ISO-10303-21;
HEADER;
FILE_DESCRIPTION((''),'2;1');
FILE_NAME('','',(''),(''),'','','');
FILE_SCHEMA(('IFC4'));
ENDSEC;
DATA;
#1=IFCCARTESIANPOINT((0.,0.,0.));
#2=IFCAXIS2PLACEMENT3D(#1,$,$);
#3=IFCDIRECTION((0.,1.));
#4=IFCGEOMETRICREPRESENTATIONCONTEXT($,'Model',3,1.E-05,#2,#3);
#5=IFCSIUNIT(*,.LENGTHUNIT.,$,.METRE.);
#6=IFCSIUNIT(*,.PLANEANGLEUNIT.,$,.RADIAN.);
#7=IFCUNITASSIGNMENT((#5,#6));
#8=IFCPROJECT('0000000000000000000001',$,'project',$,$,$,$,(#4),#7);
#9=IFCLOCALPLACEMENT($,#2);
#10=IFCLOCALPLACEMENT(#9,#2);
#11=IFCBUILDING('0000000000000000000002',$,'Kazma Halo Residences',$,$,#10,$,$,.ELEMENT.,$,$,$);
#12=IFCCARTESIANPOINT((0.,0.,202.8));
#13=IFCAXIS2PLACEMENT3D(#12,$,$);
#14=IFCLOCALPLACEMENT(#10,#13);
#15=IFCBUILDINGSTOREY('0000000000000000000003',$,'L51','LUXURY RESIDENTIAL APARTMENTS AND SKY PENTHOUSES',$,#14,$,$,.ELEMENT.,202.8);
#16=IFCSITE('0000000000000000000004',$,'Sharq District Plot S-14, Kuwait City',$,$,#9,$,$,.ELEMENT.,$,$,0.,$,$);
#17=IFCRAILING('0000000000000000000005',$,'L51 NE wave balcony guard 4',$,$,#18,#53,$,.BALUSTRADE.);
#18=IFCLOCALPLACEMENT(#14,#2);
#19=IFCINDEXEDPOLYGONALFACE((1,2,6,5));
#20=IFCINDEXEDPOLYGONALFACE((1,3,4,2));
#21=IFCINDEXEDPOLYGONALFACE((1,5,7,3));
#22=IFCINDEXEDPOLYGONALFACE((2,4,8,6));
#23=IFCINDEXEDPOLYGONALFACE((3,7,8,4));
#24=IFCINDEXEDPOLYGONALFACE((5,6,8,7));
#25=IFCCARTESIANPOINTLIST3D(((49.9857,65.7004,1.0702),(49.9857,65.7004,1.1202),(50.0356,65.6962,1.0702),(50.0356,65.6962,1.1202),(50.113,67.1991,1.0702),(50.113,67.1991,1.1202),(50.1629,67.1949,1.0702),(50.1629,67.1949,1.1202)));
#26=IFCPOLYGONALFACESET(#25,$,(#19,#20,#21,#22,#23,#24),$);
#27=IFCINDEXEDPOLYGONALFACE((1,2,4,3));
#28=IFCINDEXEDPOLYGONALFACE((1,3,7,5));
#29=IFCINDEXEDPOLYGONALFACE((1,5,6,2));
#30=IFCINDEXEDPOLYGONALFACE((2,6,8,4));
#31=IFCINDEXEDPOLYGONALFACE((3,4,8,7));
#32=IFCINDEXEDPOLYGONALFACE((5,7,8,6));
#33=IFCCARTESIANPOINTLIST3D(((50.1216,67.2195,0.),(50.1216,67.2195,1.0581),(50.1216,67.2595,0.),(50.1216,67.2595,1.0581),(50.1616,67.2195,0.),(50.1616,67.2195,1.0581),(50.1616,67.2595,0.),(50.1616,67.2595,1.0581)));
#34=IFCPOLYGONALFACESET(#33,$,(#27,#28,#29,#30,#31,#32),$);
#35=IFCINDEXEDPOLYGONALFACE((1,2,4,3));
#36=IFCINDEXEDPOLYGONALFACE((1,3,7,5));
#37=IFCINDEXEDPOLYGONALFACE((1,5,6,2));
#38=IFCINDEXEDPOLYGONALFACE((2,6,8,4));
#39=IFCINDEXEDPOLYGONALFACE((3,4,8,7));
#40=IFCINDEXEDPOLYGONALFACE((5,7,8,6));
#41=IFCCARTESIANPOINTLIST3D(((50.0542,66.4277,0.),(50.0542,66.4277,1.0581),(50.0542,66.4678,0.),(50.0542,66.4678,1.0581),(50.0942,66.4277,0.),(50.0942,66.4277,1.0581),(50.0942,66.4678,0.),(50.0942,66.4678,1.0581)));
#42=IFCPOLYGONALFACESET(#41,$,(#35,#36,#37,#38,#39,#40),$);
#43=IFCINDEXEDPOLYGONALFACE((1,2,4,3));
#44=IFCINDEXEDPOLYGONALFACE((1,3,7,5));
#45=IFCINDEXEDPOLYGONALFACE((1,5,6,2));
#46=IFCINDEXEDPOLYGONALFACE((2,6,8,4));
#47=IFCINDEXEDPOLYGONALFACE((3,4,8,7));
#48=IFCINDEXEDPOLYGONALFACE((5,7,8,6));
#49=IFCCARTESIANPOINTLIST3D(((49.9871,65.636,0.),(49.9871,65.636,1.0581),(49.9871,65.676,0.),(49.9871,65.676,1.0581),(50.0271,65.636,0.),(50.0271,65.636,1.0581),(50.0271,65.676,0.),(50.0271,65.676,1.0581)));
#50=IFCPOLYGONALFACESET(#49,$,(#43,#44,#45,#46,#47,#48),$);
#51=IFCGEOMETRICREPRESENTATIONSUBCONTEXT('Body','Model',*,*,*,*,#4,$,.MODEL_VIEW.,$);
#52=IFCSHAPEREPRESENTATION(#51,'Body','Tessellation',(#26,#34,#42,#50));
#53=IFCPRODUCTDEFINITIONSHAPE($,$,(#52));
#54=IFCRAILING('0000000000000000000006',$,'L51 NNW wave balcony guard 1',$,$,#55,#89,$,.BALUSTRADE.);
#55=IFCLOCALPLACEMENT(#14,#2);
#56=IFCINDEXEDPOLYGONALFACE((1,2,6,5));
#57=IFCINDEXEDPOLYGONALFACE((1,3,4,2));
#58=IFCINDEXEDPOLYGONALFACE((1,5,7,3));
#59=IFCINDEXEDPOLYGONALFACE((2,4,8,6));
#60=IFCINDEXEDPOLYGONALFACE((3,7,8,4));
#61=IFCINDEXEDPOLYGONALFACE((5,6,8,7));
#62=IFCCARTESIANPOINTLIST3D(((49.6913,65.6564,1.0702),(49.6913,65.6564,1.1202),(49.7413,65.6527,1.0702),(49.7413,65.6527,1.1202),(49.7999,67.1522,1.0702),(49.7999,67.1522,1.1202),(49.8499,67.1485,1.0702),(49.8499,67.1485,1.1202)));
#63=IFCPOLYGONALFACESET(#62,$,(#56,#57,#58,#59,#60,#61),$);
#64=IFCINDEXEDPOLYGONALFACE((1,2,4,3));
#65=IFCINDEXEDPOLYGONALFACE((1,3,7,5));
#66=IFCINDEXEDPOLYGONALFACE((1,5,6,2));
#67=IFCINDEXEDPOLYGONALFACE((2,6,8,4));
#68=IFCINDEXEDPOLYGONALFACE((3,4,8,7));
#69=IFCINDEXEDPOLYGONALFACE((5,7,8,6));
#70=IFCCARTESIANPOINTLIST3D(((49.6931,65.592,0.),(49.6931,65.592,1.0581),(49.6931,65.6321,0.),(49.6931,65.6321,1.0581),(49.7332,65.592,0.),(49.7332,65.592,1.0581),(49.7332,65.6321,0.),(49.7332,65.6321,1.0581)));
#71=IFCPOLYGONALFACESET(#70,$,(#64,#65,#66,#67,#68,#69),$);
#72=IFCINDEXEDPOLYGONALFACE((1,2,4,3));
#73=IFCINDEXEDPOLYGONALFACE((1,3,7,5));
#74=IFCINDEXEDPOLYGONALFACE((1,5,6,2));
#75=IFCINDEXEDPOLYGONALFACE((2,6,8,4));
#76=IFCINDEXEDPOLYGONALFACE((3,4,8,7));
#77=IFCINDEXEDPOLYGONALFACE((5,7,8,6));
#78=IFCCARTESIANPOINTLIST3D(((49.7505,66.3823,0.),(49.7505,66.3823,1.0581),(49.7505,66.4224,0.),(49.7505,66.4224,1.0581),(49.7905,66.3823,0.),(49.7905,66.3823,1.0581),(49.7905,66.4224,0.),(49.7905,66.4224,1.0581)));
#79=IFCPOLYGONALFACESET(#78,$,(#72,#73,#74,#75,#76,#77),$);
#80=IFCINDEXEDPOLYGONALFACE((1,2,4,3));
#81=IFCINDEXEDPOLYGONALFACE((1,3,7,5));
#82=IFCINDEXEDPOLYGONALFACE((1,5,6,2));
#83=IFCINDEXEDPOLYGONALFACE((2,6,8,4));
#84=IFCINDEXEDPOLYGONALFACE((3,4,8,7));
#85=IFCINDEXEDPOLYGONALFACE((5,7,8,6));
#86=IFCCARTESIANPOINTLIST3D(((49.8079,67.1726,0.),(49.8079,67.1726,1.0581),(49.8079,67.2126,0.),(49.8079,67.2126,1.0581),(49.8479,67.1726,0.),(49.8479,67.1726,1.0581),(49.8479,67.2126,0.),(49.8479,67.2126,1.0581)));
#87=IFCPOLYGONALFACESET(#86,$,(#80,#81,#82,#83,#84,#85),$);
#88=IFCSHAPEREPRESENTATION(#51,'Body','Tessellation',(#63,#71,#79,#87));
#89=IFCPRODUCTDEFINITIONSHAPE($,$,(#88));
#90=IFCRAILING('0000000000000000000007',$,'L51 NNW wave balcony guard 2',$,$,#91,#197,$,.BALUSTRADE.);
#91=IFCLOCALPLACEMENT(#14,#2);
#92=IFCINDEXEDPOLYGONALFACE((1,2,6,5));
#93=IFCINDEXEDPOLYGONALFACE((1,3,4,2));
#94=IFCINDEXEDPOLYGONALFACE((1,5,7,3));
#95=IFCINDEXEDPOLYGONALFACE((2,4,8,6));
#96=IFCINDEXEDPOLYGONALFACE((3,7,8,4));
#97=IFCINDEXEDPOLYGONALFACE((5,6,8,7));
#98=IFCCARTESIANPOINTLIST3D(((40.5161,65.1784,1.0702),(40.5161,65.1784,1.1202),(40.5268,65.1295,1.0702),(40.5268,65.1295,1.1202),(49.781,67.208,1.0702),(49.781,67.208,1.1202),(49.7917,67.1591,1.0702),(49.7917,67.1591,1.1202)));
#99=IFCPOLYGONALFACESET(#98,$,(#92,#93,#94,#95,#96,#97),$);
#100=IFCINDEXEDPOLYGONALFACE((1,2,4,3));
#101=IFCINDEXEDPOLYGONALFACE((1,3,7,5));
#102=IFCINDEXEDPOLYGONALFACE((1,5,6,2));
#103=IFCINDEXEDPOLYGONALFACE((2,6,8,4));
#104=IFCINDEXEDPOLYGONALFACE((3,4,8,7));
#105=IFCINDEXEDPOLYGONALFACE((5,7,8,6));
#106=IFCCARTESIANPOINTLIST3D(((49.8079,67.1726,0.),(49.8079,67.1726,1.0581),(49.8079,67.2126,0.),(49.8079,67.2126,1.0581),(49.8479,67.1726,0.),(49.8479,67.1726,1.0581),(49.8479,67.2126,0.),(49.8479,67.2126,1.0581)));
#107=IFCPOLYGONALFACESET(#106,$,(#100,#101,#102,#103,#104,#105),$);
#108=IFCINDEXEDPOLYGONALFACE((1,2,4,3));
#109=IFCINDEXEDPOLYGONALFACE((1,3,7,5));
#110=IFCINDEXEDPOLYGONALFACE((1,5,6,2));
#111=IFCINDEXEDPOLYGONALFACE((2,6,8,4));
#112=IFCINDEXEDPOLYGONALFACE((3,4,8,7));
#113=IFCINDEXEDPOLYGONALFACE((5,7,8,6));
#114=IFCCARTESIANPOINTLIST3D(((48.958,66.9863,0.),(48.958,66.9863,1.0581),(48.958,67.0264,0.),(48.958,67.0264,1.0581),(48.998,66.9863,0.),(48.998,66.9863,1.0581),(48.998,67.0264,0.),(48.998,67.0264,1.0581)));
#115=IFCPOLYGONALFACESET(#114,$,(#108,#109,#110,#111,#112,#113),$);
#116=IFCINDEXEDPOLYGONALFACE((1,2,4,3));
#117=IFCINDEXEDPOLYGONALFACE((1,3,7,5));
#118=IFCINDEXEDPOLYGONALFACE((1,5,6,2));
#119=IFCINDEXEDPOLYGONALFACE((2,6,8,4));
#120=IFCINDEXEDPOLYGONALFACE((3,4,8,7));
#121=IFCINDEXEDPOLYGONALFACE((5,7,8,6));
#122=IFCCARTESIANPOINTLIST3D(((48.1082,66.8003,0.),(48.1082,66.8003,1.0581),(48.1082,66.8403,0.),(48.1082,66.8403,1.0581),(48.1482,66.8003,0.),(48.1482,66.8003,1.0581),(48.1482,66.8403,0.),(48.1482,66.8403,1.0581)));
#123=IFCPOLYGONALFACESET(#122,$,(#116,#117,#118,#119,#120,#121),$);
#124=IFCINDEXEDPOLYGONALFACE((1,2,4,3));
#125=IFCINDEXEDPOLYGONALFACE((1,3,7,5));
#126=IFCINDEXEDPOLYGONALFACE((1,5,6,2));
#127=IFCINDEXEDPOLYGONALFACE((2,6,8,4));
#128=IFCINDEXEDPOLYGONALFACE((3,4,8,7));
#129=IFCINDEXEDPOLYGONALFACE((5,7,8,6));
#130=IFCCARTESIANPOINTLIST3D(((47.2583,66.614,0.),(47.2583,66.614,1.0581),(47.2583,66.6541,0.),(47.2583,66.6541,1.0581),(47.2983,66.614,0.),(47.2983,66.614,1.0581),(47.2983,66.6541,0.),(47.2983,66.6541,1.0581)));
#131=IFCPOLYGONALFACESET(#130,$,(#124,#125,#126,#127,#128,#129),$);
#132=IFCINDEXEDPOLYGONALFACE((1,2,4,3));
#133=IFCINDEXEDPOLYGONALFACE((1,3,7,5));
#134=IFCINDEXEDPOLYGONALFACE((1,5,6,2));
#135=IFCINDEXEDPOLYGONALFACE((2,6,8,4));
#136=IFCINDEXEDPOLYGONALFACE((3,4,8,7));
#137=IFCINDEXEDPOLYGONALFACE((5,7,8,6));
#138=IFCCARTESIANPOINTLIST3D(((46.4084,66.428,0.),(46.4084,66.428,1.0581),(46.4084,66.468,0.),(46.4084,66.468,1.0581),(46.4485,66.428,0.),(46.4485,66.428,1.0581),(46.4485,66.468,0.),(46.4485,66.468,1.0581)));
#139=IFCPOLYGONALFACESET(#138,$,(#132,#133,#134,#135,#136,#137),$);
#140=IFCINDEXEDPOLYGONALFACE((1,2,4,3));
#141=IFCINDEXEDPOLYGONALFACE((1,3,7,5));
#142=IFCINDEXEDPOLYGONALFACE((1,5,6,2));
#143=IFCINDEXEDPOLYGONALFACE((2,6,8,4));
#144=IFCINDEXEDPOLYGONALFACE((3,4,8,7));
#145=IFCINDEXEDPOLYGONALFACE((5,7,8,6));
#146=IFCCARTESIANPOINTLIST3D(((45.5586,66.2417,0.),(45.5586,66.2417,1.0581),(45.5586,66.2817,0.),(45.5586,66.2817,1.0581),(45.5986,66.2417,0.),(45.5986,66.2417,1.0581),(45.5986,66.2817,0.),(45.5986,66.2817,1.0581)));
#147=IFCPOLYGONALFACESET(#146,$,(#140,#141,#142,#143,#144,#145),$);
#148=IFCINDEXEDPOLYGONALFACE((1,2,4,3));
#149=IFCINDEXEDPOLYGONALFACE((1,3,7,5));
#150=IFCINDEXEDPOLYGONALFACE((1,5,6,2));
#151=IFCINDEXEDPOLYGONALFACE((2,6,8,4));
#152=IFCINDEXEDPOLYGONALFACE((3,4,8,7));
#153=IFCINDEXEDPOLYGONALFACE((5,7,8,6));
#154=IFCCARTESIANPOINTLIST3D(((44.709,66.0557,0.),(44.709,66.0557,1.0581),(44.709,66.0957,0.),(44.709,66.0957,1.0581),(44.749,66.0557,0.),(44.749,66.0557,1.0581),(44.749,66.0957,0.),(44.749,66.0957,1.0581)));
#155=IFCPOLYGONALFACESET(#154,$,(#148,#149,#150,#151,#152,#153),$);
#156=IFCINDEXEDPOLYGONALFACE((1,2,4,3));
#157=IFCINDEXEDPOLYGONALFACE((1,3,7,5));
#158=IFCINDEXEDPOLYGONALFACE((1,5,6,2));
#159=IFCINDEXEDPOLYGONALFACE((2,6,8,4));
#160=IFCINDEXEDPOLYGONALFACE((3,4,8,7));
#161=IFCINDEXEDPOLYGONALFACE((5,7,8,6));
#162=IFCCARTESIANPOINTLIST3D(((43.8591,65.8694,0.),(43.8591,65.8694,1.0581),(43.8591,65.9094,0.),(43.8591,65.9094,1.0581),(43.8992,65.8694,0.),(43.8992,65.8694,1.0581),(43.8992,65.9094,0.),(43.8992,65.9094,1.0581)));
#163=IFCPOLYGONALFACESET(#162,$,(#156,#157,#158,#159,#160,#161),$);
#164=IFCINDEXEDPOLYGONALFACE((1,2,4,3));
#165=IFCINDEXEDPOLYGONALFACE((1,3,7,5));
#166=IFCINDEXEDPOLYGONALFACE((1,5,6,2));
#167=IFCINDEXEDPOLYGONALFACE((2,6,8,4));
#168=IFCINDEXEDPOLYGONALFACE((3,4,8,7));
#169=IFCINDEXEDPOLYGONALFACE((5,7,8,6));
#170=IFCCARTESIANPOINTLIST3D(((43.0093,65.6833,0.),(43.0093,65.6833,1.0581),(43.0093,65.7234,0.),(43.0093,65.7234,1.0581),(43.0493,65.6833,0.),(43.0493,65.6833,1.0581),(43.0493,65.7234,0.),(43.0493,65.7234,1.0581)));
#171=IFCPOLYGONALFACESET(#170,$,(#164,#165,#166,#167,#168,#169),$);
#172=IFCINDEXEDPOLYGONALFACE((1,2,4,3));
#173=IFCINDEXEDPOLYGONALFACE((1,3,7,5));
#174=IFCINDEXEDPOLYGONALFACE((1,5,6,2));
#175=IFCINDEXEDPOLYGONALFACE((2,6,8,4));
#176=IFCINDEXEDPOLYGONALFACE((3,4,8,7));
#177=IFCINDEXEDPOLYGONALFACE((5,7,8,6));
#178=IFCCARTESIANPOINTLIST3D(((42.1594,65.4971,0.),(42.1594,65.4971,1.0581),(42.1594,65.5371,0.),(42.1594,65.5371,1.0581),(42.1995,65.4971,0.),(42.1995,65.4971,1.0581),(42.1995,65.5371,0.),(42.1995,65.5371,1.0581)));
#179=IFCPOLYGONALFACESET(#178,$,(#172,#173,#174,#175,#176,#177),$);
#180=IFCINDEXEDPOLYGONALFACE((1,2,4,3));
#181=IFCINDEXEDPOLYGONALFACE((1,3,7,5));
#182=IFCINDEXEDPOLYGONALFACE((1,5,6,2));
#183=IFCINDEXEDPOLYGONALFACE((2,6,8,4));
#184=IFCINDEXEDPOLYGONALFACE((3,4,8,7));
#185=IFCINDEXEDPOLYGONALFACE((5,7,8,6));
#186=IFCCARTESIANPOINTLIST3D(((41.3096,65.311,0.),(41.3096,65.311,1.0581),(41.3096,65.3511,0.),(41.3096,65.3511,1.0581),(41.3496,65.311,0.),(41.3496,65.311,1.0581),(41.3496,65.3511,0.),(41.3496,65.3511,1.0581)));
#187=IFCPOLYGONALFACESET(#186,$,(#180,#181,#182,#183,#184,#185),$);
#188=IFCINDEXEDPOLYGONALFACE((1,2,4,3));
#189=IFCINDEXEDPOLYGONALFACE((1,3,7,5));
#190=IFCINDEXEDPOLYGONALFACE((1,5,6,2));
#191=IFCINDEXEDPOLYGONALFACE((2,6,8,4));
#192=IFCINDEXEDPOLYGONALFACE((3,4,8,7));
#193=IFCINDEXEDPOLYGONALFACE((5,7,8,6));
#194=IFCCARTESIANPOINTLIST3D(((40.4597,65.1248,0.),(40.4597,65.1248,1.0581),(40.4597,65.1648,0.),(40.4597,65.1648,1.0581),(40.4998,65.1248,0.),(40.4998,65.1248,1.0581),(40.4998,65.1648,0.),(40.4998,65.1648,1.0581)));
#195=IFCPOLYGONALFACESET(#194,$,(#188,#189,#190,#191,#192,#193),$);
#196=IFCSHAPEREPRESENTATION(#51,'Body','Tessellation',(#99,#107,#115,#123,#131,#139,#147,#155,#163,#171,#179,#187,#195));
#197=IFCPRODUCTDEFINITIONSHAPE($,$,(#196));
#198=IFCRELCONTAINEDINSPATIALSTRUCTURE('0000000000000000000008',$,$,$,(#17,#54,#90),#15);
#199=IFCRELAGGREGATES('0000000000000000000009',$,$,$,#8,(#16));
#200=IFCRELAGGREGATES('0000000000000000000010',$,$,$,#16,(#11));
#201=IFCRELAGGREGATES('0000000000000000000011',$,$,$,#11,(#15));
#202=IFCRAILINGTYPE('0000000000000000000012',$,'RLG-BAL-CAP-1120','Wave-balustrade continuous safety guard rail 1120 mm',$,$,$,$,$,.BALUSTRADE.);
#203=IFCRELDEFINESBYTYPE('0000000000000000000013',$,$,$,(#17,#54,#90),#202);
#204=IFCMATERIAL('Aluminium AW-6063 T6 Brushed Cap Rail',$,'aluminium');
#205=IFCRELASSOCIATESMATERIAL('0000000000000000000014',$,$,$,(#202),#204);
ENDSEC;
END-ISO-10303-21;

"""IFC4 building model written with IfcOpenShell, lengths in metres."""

from ifc_helpers import new_model, si_unit, direction, frame, origin, origin_2d, place, context, subcontext, project, spatial, rectangle, extrude, material, type_object, element, save


model = new_model("IFC4")

# Units and contexts
model_context = context("Model", 3, precision=1e-05, world=origin(), true_north=direction((0.0, 1.0)))
body_context = subcontext(model_context, "Body", "Model", "MODEL_VIEW")
ifc_project = project(units=[si_unit("LENGTHUNIT", "METRE"), si_unit("PLANEANGLEUNIT", "RADIAN")], contexts=[model_context])

# Site, building, storey
site_placement = place(None, origin())
site = spatial("IfcSite", under=ifc_project, at=site_placement, Name="Sharq District Plot S-14, Kuwait City", CompositionType="ELEMENT", RefElevation=0.0)
building_placement = place(site_placement, origin())
building = spatial("IfcBuilding", under=site, at=building_placement, Name="Kazma Halo Residences", CompositionType="ELEMENT")
storey_placement = place(building_placement, frame((0.0, 0.0, 202.8)))
storey = spatial("IfcBuildingStorey", under=building, at=storey_placement, Name="L51", Description="LUXURY RESIDENTIAL APARTMENTS AND SKY PENTHOUSES", CompositionType="ELEMENT", Elevation=202.8)

# Railings
ifc_material_1 = material(Name="Aluminium AW-6063 T6 Brushed Cap Rail", Category="aluminium")
railing_type = type_object("IfcRailingType", Name="RLG-BAL-CAP-1120", Description="Wave-balustrade continuous safety guard rail 1120 mm", PredefinedType="BALUSTRADE", material=ifc_material_1)
railing_1_placement = place(storey_placement, frame((50.1416, 67.2395, 0.0)))
element("IfcRailing", 1, at=railing_1_placement, inside=storey, type_object=railing_type, Name="L51 NE wave balcony guard 4", PredefinedType="BALUSTRADE", context=body_context, shape_type="SweptSolid", body=[
    extrude(rectangle(XDim=0.05, YDim=0.05, at=origin_2d()), frame((-0.0037, -0.0425, 1.0952), z_axis=(-0.084647, -0.996411, 0.0), x_axis=(0.996411, -0.084647, 0.0)), (0.0, 0.0, 1.0), 1.5042),
    extrude(rectangle(XDim=0.04, YDim=0.04, at=origin_2d()), origin(), (0.0, 0.0, 1.0), 1.0581),
    extrude(rectangle(XDim=0.04, YDim=0.04, at=origin_2d()), frame((-0.0674, -0.7917, 0.0)), (0.0, 0.0, 1.0), 1.0581),
    extrude(rectangle(XDim=0.04, YDim=0.04, at=origin_2d()), frame((-0.1345, -1.5835, 0.0)), (0.0, 0.0, 1.0), 1.0581),
])
railing_2_placement = place(storey_placement, frame((49.7131, 65.6121, 0.0)))
element("IfcRailing", 2, at=railing_2_placement, inside=storey, type_object=railing_type, Name="L51 NNW wave balcony guard 1", PredefinedType="BALUSTRADE", context=body_context, shape_type="SweptSolid", body=[
    extrude(rectangle(XDim=0.05, YDim=0.05, at=origin_2d()), frame((0.0032, 0.0425, 1.0952), z_axis=(0.072408, 0.997375, 0.0), x_axis=(-0.997375, 0.072408, 0.0)), (0.0, 0.0, 1.0), 1.4998),
    extrude(rectangle(XDim=0.04, YDim=0.04, at=origin_2d()), origin(), (0.0, 0.0, 1.0), 1.0581),
    extrude(rectangle(XDim=0.04, YDim=0.04, at=origin_2d()), frame((0.0574, 0.7903, 0.0)), (0.0, 0.0, 1.0), 1.0581),
    extrude(rectangle(XDim=0.04, YDim=0.04, at=origin_2d()), frame((0.1147, 1.5806, 0.0)), (0.0, 0.0, 1.0), 1.0581),
])
railing_3_placement = place(storey_placement, frame((49.8279, 67.1926, 0.0)))
element("IfcRailing", 3, at=railing_3_placement, inside=storey, type_object=railing_type, Name="L51 NNW wave balcony guard 2", PredefinedType="BALUSTRADE", context=body_context, shape_type="SweptSolid", body=[
    extrude(rectangle(XDim=0.05, YDim=0.05, at=origin_2d()), frame((-0.0415, -0.009, 1.0952), z_axis=(-0.976836, -0.213991, 0.0), x_axis=(0.213991, -0.976836, 0.0)), (0.0, 0.0, 1.0), 9.4846),
    extrude(rectangle(XDim=0.04, YDim=0.04, at=origin_2d()), origin(), (0.0, 0.0, 1.0), 1.0581),
    extrude(rectangle(XDim=0.04, YDim=0.04, at=origin_2d()), frame((-0.8499, -0.1863, 0.0)), (0.0, 0.0, 1.0), 1.0581),
    extrude(rectangle(XDim=0.04, YDim=0.04, at=origin_2d()), frame((-1.6997, -0.3723, 0.0)), (0.0, 0.0, 1.0), 1.0581),
    extrude(rectangle(XDim=0.04, YDim=0.04, at=origin_2d()), frame((-2.5496, -0.5586, 0.0)), (0.0, 0.0, 1.0), 1.0581),
    extrude(rectangle(XDim=0.04, YDim=0.04, at=origin_2d()), frame((-3.3994, -0.7446, 0.0)), (0.0, 0.0, 1.0), 1.0581),
    extrude(rectangle(XDim=0.04, YDim=0.04, at=origin_2d()), frame((-4.2493, -0.9309, 0.0)), (0.0, 0.0, 1.0), 1.0581),
    extrude(rectangle(XDim=0.04, YDim=0.04, at=origin_2d()), frame((-5.0989, -1.1169, 0.0)), (0.0, 0.0, 1.0), 1.0581),
    extrude(rectangle(XDim=0.04, YDim=0.04, at=origin_2d()), frame((-5.9487, -1.3032, 0.0)), (0.0, 0.0, 1.0), 1.0581),
    extrude(rectangle(XDim=0.04, YDim=0.04, at=origin_2d()), frame((-6.7986, -1.4893, 0.0)), (0.0, 0.0, 1.0), 1.0581),
    extrude(rectangle(XDim=0.04, YDim=0.04, at=origin_2d()), frame((-7.6484, -1.6755, 0.0)), (0.0, 0.0, 1.0), 1.0581),
    extrude(rectangle(XDim=0.04, YDim=0.04, at=origin_2d()), frame((-8.4983, -1.8616, 0.0)), (0.0, 0.0, 1.0), 1.0581),
    extrude(rectangle(XDim=0.04, YDim=0.04, at=origin_2d()), frame((-9.3481, -2.0479, 0.0)), (0.0, 0.0, 1.0), 1.0581),
])

save(model, "model.ifc")
